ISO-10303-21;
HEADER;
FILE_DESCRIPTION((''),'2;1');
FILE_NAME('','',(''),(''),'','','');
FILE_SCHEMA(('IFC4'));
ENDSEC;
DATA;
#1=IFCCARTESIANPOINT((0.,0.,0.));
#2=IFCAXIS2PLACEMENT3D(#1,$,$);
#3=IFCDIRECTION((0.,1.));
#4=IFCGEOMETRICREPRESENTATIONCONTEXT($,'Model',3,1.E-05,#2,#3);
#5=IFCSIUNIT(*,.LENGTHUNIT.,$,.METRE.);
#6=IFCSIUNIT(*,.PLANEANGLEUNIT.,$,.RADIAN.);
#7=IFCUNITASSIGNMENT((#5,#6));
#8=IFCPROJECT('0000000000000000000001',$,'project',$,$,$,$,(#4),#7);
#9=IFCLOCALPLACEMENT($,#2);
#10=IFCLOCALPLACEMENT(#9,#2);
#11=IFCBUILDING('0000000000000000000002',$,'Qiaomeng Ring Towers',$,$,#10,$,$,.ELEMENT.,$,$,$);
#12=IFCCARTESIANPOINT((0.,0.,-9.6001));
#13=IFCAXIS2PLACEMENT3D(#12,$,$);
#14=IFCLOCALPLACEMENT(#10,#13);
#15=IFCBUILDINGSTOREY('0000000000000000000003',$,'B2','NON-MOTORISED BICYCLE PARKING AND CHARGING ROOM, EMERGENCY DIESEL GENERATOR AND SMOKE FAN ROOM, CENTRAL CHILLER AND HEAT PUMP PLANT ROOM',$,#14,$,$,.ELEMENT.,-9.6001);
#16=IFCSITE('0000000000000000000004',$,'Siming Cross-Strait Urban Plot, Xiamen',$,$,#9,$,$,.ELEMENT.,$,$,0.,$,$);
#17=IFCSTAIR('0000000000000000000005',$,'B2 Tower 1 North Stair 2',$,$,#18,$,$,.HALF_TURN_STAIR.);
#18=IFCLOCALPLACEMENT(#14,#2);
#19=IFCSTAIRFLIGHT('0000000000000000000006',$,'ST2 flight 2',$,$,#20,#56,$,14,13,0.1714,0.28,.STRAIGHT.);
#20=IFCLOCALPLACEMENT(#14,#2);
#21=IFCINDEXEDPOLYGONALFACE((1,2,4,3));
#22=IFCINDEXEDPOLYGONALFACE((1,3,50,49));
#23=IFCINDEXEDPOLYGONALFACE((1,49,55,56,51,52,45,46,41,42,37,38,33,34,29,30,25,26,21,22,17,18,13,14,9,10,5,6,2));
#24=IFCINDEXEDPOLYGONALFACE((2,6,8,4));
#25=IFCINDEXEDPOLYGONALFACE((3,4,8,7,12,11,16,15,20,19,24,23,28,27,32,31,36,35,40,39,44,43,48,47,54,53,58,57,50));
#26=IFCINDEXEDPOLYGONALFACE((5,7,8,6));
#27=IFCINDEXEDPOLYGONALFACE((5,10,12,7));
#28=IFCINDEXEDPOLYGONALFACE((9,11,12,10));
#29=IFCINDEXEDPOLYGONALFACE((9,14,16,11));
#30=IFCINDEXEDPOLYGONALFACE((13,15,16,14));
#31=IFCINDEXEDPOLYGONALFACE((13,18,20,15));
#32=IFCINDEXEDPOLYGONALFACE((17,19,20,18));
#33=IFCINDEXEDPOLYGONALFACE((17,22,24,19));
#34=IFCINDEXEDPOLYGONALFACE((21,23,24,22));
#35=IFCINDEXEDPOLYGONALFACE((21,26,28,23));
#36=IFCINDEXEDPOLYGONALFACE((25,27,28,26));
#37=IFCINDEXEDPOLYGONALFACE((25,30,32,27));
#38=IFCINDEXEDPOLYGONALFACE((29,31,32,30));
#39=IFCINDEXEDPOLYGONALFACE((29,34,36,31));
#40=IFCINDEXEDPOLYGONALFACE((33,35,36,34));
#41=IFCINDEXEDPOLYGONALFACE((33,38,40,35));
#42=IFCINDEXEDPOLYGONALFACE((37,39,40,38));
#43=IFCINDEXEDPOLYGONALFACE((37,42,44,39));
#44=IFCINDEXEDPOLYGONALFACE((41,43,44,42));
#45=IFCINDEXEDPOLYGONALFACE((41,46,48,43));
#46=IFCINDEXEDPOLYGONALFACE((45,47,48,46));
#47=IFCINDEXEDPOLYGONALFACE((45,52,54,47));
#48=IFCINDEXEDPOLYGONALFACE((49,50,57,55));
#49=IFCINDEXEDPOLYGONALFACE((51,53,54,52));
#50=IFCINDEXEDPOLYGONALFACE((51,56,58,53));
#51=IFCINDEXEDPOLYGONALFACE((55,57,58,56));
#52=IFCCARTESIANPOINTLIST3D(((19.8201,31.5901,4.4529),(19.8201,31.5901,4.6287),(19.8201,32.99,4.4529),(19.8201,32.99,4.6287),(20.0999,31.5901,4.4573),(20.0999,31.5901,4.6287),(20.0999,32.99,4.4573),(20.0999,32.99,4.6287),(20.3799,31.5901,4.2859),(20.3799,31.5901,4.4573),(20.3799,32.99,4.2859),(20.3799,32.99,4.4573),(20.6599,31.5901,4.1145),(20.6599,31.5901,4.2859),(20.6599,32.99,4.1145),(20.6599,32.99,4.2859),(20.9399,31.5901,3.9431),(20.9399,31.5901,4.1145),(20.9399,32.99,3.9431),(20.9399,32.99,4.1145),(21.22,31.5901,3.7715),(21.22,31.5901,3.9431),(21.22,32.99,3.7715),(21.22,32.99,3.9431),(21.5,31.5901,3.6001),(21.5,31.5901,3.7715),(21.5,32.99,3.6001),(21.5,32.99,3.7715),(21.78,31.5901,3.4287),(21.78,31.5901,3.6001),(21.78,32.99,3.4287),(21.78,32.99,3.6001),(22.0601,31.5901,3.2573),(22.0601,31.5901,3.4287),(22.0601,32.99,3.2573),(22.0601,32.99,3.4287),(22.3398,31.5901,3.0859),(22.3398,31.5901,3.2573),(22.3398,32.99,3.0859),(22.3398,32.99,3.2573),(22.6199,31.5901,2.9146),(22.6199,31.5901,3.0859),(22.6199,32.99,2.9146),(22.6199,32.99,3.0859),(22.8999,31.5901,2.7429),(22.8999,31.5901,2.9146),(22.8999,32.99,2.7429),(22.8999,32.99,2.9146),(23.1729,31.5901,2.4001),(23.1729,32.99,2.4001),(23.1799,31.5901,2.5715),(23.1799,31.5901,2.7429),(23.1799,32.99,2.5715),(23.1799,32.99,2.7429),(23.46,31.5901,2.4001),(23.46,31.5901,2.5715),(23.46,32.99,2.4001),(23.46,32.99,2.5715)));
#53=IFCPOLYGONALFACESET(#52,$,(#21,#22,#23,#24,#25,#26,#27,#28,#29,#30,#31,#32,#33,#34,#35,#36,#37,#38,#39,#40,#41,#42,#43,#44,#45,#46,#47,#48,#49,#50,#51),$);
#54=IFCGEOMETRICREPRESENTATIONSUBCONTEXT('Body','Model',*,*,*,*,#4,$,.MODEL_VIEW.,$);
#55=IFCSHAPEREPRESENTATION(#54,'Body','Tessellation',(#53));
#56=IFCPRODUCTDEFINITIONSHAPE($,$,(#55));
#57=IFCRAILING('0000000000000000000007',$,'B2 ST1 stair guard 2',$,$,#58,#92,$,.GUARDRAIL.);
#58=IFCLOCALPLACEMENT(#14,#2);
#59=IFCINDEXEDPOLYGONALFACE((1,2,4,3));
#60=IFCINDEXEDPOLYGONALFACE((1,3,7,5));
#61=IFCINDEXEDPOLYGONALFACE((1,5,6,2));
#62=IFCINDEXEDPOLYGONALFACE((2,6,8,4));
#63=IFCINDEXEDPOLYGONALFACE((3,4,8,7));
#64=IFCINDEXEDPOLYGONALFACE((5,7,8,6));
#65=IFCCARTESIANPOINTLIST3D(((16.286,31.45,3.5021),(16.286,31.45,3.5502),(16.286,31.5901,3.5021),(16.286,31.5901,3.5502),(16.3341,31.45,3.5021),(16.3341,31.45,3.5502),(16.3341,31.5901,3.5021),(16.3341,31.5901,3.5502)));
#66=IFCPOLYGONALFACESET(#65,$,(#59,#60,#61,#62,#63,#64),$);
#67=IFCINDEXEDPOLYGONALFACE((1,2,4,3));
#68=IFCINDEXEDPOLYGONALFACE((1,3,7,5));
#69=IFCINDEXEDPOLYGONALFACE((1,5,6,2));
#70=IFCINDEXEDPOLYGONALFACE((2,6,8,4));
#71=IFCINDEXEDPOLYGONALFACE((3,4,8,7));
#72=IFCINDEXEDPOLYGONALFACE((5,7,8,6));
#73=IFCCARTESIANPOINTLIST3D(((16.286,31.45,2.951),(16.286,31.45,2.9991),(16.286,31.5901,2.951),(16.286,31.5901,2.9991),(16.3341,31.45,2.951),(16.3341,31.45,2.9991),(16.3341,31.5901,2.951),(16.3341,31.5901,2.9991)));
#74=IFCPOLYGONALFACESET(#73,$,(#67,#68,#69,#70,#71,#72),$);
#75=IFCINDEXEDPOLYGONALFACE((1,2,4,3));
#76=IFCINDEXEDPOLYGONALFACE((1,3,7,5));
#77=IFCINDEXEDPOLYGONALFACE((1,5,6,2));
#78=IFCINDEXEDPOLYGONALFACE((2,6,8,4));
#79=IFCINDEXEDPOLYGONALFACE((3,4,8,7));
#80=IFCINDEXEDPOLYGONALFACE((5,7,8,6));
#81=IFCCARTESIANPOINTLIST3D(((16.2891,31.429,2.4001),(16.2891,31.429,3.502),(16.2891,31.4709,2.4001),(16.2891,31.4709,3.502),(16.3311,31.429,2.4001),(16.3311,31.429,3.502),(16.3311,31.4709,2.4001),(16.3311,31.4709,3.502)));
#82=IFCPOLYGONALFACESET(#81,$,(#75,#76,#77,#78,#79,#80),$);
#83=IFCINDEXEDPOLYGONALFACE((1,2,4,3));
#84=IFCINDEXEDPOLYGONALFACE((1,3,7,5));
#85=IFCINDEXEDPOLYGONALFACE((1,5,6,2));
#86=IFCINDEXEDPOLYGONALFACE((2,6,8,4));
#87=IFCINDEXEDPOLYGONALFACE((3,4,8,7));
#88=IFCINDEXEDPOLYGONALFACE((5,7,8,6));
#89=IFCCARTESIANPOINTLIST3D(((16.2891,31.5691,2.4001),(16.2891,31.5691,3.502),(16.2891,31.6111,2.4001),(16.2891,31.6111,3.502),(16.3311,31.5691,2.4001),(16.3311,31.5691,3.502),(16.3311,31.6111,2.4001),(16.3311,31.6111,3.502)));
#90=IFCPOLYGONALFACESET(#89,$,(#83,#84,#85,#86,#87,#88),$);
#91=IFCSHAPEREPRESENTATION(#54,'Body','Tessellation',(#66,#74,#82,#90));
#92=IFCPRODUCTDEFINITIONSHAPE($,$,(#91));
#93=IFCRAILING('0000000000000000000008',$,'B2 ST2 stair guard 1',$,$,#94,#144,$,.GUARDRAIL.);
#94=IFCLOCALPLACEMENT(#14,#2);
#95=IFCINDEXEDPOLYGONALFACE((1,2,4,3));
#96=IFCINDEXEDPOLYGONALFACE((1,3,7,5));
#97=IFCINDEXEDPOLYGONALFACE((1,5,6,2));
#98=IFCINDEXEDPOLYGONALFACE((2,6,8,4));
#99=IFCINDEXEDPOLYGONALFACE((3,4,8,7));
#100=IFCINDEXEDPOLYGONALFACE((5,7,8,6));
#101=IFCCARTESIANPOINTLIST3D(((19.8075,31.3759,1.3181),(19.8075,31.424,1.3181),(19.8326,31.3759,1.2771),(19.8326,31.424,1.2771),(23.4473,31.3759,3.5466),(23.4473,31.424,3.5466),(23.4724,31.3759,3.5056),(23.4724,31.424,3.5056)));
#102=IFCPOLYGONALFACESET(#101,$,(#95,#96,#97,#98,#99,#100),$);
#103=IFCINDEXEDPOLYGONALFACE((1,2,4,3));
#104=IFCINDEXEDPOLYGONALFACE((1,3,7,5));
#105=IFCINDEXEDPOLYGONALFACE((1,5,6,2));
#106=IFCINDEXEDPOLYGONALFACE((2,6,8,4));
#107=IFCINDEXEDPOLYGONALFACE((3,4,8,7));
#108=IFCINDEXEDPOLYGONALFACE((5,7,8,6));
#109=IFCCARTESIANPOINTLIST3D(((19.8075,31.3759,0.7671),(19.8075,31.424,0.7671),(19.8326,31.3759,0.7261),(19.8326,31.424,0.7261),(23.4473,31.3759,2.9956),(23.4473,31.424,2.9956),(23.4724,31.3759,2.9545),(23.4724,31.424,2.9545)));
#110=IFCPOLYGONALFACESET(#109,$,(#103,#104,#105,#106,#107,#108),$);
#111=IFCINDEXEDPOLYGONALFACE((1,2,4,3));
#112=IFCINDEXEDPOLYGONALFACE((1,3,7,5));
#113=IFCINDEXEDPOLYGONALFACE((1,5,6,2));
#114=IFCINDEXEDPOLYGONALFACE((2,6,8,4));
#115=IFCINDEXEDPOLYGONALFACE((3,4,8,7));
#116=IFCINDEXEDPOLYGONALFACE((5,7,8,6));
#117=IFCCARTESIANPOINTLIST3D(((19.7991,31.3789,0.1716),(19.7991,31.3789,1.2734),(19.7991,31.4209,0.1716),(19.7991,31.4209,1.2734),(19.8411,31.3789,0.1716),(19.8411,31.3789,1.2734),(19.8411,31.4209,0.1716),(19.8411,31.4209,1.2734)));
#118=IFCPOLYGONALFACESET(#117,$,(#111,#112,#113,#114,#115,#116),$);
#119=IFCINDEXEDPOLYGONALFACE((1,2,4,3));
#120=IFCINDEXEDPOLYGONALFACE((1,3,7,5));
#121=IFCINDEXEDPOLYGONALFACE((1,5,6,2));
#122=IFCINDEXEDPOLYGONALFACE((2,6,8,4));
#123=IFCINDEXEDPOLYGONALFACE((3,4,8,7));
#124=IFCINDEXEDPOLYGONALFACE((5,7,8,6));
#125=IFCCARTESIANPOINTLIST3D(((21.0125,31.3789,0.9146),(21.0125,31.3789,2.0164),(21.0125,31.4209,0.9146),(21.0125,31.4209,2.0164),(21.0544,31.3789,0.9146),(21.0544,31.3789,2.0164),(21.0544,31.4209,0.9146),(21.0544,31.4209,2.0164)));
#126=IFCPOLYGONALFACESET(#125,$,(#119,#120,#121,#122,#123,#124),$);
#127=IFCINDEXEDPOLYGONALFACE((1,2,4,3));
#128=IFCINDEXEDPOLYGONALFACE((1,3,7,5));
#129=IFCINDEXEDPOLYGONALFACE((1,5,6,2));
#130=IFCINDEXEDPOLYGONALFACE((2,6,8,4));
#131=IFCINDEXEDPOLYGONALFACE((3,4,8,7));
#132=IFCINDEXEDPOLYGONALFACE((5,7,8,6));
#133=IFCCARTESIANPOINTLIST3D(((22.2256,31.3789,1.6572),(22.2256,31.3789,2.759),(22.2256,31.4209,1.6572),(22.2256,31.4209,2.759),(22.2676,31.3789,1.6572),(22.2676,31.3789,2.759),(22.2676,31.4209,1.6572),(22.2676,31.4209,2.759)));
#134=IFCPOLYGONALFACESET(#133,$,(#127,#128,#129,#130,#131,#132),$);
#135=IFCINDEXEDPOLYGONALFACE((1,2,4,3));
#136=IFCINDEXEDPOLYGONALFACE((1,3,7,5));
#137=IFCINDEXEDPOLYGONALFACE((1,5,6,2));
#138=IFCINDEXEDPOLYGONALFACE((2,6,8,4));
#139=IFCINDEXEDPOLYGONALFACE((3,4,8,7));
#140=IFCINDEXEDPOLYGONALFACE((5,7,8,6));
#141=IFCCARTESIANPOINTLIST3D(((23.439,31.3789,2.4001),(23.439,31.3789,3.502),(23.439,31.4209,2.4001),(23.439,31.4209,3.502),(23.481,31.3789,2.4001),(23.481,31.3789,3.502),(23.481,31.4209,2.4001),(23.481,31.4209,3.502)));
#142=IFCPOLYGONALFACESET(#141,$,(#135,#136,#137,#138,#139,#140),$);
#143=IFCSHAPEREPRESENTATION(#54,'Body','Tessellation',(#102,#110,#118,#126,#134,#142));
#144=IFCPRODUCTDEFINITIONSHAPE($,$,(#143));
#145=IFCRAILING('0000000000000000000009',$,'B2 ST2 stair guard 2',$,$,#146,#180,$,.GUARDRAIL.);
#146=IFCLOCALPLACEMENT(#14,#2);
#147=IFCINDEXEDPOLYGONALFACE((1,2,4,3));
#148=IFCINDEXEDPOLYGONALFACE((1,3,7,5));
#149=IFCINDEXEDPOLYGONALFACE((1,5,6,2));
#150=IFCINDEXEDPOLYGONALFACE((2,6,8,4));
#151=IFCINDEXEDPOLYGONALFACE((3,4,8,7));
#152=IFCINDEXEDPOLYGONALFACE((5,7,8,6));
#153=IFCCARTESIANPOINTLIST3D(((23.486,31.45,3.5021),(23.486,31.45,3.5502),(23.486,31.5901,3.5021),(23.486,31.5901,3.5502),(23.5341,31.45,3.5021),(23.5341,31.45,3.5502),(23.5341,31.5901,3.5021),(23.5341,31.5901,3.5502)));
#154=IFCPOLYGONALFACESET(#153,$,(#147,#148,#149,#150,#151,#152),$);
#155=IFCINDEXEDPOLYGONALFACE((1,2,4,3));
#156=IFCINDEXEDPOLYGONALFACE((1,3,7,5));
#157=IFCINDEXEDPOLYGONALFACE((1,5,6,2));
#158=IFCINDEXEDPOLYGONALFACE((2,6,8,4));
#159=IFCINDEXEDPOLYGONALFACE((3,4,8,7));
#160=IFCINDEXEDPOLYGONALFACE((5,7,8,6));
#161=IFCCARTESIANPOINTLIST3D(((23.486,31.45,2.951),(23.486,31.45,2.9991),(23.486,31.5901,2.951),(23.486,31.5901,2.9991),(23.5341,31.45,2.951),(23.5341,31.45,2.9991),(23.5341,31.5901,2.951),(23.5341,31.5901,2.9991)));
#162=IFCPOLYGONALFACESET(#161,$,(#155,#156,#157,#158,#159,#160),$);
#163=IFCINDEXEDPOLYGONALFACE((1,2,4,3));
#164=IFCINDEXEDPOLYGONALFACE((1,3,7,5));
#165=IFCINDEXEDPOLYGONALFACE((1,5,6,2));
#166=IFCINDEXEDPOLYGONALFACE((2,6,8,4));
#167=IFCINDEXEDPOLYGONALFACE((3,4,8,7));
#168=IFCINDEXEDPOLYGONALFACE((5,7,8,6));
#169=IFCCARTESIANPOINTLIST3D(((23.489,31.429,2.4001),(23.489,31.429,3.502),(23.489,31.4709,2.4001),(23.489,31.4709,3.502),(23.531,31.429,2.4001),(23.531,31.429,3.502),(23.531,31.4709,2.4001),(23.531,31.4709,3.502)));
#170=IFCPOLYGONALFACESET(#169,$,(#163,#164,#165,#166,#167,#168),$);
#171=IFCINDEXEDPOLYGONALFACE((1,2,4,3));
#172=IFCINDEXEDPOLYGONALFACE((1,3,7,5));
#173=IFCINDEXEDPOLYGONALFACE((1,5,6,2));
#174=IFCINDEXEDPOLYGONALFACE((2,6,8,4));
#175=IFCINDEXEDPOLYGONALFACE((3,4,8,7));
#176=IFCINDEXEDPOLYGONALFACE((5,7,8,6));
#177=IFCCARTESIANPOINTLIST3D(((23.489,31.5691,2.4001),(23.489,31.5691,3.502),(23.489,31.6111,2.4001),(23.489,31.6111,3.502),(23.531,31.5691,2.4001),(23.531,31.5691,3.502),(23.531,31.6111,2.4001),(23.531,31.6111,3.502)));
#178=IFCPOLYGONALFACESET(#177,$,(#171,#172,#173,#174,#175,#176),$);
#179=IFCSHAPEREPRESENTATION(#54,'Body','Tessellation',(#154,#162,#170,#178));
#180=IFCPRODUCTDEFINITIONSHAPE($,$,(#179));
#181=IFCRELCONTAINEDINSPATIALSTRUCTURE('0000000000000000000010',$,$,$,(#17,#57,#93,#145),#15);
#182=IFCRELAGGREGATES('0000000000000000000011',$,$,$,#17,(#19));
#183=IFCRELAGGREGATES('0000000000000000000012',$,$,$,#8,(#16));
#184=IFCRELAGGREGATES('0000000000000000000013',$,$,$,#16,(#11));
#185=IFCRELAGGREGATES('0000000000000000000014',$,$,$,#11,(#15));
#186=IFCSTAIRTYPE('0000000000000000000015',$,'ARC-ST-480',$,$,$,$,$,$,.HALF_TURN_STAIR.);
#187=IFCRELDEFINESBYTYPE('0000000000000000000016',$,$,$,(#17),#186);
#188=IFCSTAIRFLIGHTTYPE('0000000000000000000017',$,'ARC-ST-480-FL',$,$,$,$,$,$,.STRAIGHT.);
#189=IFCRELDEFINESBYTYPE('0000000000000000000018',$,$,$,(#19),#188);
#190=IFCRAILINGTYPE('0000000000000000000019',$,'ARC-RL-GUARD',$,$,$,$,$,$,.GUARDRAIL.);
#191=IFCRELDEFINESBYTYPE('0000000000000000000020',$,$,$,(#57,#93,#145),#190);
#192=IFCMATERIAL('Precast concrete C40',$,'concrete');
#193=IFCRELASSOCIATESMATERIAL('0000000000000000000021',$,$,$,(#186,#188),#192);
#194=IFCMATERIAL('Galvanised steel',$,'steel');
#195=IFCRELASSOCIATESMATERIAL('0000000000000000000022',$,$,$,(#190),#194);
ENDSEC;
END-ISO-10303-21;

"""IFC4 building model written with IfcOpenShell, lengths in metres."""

from ifc_helpers import new_model, si_unit, direction, frame, origin, origin_2d, place, context, subcontext, project, spatial, polyline, rectangle, outline, extrude, source, transform, mapped, material, type_object, element, aggregate, save


model = new_model("IFC4")

# Units and contexts
model_context = context("Model", 3, precision=1e-05, world=origin(), true_north=direction((0.0, 1.0)))
body_context = subcontext(model_context, "Body", "Model", "MODEL_VIEW")
ifc_project = project(units=[si_unit("LENGTHUNIT", "METRE"), si_unit("PLANEANGLEUNIT", "RADIAN")], contexts=[model_context])

# Site, building, storey
site_placement = place(None, origin())
site = spatial("IfcSite", under=ifc_project, at=site_placement, Name="Siming Cross-Strait Urban Plot, Xiamen", CompositionType="ELEMENT", RefElevation=0.0)
building_placement = place(site_placement, origin())
building = spatial("IfcBuilding", under=site, at=building_placement, Name="Qiaomeng Ring Towers", CompositionType="ELEMENT")
storey_placement = place(building_placement, frame((0.0, 0.0, -9.6001)))
storey = spatial("IfcBuildingStorey", under=building, at=storey_placement, Name="B2", Description="NON-MOTORISED BICYCLE PARKING AND CHARGING ROOM, EMERGENCY DIESEL GENERATOR AND SMOKE FAN ROOM, CENTRAL CHILLER AND HEAT PUMP PLANT ROOM", CompositionType="ELEMENT", Elevation=-9.6001)

# Shared definitions
ifc_material_1 = material(Name="Galvanised steel", Category="steel")

# Stair, stair flight
ifc_material_2 = material(Name="Precast concrete C40", Category="concrete")
stair_type = type_object("IfcStairType", Name="ARC-ST-480", PredefinedType="HALF_TURN_STAIR", material=ifc_material_2)
stair_placement = place(storey_placement, origin())
stair = element("IfcStair", 1, at=stair_placement, inside=storey, type_object=stair_type, Name="B2 Tower 1 North Stair 2", PredefinedType="HALF_TURN_STAIR")
stair_flight_type = type_object("IfcStairFlightType", Name="ARC-ST-480-FL", PredefinedType="STRAIGHT", material=ifc_material_2)
shared_shape_1 = source(origin(), body_context, "Body", "SweptSolid", [
    extrude(outline(polyline([(0.0, 0.0), (0.0, 0.1714), (0.28, 0.1714), (0.28, 0.3428), (0.5601, 0.3428), (0.5601, 0.5144), (0.8401, 0.5144), (0.8401, 0.6858), (1.1201, 0.6858), (1.1201, 0.8572), (1.3999, 0.8572), (1.3999, 1.0286), (1.6799, 1.0286), (1.6799, 1.2), (1.96, 1.2), (1.96, 1.3713), (2.24, 1.3713), (2.24, 1.543), (2.52, 1.543), (2.52, 1.7144), (2.8, 1.7144), (2.8, 1.8857), (3.0801, 1.8857), (3.0801, 2.0571), (3.3601, 2.0571), (3.3601, 2.2285), (3.6399, 2.2285), (3.6399, 2.3999), (3.6399, 2.0527), (0.2871, 0.0), (0.0, 0.0)])), frame((0.0, 0.7, 0.0), z_axis=(0.0, -1.0, 0.0), x_axis=(1.0, 0.0, 0.0)), (0.0, 0.0, 1.0), 1.3999),
])
stair_flight_1_placement = place(storey_placement, frame((23.46, 32.29, 2.4001), z_axis=(0.0, 0.0, 1.0), x_axis=(-1.0, 0.0, 0.0)))
stair_flight_1 = element("IfcStairFlight", 2, at=stair_flight_1_placement, type_object=stair_flight_type, Name="ST2 flight 2", NumberOfRisers=14, NumberOfTreads=13, PredefinedType="STRAIGHT", RiserHeight=0.1714, TreadLength=0.28, context=body_context, shape_type="MappedRepresentation", body=[
    mapped(shared_shape_1, transform((0.0, 0.0, 0.0), x_axis=(1.0, 0.0, 0.0), y_axis=(0.0, 1.0, 0.0), z_axis=(0.0, 0.0, 1.0), scale=1.0)),
])
aggregate(stair, [stair_flight_1])

# Railings
railing_type_1 = type_object("IfcRailingType", Name="ARC-RL-GUARD", PredefinedType="GUARDRAIL", material=ifc_material_1)
railing_1_placement = place(storey_placement, frame((16.3101, 31.45, 2.4001)))
element("IfcRailing", 3, at=railing_1_placement, inside=storey, type_object=railing_type_1, Name="B2 ST1 stair guard 2", PredefinedType="GUARDRAIL", context=body_context, shape_type="SweptSolid", body=[
    extrude(rectangle(XDim=0.0481, YDim=0.0481, at=origin_2d()), frame((0.0, 0.0, 1.126), z_axis=(0.0, 1.0, 0.0), x_axis=(-1.0, 0.0, 0.0)), (0.0, 0.0, 1.0), 0.1401),
    extrude(rectangle(XDim=0.0481, YDim=0.0481, at=origin_2d()), frame((0.0, 0.0, 0.575), z_axis=(0.0, 1.0, 0.0), x_axis=(-1.0, 0.0, 0.0)), (0.0, 0.0, 1.0), 0.1401),
    extrude(rectangle(XDim=0.042, YDim=0.042, at=origin_2d()), origin(), (0.0, 0.0, 1.0), 1.1018),
    extrude(rectangle(XDim=0.042, YDim=0.042, at=origin_2d()), frame((0.0, 0.1401, 0.0)), (0.0, 0.0, 1.0), 1.1018),
])
railing_2_placement = place(storey_placement, frame((19.8201, 31.3999, 0.1716)))
element("IfcRailing", 4, at=railing_2_placement, inside=storey, type_object=railing_type_1, Name="B2 ST2 stair guard 1", PredefinedType="GUARDRAIL", context=body_context, shape_type="SweptSolid", body=[
    extrude(rectangle(XDim=0.0481, YDim=0.0481, at=origin_2d()), frame((0.0, 0.0, 1.126), z_axis=(0.85285, 0.0, 0.522156), x_axis=(0.0, 1.0, 0.0)), (0.0, 0.0, 1.0), 4.2678),
    extrude(rectangle(XDim=0.0481, YDim=0.0481, at=origin_2d()), frame((0.0, 0.0, 0.575), z_axis=(0.85285, 0.0, 0.522156), x_axis=(0.0, 1.0, 0.0)), (0.0, 0.0, 1.0), 4.2678),
    extrude(rectangle(XDim=0.042, YDim=0.042, at=origin_2d()), origin(), (0.0, 0.0, 1.0), 1.1018),
    extrude(rectangle(XDim=0.042, YDim=0.042, at=origin_2d()), frame((1.2134, 0.0, 0.7429)), (0.0, 0.0, 1.0), 1.1018),
    extrude(rectangle(XDim=0.042, YDim=0.042, at=origin_2d()), frame((2.4265, 0.0, 1.4856)), (0.0, 0.0, 1.0), 1.1018),
    extrude(rectangle(XDim=0.042, YDim=0.042, at=origin_2d()), frame((3.6399, 0.0, 2.2285)), (0.0, 0.0, 1.0), 1.1018),
])
railing_3_placement = place(storey_placement, frame((23.51, 31.45, 2.4001)))
element("IfcRailing", 5, at=railing_3_placement, inside=storey, type_object=railing_type_1, Name="B2 ST2 stair guard 2", PredefinedType="GUARDRAIL", context=body_context, shape_type="SweptSolid", body=[
    extrude(rectangle(XDim=0.0481, YDim=0.0481, at=origin_2d()), frame((0.0, 0.0, 1.126), z_axis=(0.0, 1.0, 0.0), x_axis=(-1.0, 0.0, 0.0)), (0.0, 0.0, 1.0), 0.1401),
    extrude(rectangle(XDim=0.0481, YDim=0.0481, at=origin_2d()), frame((0.0, 0.0, 0.575), z_axis=(0.0, 1.0, 0.0), x_axis=(-1.0, 0.0, 0.0)), (0.0, 0.0, 1.0), 0.1401),
    extrude(rectangle(XDim=0.042, YDim=0.042, at=origin_2d()), origin(), (0.0, 0.0, 1.0), 1.1018),
    extrude(rectangle(XDim=0.042, YDim=0.042, at=origin_2d()), frame((0.0, 0.1401, 0.0)), (0.0, 0.0, 1.0), 1.1018),
])

save(model, "model.ifc")
